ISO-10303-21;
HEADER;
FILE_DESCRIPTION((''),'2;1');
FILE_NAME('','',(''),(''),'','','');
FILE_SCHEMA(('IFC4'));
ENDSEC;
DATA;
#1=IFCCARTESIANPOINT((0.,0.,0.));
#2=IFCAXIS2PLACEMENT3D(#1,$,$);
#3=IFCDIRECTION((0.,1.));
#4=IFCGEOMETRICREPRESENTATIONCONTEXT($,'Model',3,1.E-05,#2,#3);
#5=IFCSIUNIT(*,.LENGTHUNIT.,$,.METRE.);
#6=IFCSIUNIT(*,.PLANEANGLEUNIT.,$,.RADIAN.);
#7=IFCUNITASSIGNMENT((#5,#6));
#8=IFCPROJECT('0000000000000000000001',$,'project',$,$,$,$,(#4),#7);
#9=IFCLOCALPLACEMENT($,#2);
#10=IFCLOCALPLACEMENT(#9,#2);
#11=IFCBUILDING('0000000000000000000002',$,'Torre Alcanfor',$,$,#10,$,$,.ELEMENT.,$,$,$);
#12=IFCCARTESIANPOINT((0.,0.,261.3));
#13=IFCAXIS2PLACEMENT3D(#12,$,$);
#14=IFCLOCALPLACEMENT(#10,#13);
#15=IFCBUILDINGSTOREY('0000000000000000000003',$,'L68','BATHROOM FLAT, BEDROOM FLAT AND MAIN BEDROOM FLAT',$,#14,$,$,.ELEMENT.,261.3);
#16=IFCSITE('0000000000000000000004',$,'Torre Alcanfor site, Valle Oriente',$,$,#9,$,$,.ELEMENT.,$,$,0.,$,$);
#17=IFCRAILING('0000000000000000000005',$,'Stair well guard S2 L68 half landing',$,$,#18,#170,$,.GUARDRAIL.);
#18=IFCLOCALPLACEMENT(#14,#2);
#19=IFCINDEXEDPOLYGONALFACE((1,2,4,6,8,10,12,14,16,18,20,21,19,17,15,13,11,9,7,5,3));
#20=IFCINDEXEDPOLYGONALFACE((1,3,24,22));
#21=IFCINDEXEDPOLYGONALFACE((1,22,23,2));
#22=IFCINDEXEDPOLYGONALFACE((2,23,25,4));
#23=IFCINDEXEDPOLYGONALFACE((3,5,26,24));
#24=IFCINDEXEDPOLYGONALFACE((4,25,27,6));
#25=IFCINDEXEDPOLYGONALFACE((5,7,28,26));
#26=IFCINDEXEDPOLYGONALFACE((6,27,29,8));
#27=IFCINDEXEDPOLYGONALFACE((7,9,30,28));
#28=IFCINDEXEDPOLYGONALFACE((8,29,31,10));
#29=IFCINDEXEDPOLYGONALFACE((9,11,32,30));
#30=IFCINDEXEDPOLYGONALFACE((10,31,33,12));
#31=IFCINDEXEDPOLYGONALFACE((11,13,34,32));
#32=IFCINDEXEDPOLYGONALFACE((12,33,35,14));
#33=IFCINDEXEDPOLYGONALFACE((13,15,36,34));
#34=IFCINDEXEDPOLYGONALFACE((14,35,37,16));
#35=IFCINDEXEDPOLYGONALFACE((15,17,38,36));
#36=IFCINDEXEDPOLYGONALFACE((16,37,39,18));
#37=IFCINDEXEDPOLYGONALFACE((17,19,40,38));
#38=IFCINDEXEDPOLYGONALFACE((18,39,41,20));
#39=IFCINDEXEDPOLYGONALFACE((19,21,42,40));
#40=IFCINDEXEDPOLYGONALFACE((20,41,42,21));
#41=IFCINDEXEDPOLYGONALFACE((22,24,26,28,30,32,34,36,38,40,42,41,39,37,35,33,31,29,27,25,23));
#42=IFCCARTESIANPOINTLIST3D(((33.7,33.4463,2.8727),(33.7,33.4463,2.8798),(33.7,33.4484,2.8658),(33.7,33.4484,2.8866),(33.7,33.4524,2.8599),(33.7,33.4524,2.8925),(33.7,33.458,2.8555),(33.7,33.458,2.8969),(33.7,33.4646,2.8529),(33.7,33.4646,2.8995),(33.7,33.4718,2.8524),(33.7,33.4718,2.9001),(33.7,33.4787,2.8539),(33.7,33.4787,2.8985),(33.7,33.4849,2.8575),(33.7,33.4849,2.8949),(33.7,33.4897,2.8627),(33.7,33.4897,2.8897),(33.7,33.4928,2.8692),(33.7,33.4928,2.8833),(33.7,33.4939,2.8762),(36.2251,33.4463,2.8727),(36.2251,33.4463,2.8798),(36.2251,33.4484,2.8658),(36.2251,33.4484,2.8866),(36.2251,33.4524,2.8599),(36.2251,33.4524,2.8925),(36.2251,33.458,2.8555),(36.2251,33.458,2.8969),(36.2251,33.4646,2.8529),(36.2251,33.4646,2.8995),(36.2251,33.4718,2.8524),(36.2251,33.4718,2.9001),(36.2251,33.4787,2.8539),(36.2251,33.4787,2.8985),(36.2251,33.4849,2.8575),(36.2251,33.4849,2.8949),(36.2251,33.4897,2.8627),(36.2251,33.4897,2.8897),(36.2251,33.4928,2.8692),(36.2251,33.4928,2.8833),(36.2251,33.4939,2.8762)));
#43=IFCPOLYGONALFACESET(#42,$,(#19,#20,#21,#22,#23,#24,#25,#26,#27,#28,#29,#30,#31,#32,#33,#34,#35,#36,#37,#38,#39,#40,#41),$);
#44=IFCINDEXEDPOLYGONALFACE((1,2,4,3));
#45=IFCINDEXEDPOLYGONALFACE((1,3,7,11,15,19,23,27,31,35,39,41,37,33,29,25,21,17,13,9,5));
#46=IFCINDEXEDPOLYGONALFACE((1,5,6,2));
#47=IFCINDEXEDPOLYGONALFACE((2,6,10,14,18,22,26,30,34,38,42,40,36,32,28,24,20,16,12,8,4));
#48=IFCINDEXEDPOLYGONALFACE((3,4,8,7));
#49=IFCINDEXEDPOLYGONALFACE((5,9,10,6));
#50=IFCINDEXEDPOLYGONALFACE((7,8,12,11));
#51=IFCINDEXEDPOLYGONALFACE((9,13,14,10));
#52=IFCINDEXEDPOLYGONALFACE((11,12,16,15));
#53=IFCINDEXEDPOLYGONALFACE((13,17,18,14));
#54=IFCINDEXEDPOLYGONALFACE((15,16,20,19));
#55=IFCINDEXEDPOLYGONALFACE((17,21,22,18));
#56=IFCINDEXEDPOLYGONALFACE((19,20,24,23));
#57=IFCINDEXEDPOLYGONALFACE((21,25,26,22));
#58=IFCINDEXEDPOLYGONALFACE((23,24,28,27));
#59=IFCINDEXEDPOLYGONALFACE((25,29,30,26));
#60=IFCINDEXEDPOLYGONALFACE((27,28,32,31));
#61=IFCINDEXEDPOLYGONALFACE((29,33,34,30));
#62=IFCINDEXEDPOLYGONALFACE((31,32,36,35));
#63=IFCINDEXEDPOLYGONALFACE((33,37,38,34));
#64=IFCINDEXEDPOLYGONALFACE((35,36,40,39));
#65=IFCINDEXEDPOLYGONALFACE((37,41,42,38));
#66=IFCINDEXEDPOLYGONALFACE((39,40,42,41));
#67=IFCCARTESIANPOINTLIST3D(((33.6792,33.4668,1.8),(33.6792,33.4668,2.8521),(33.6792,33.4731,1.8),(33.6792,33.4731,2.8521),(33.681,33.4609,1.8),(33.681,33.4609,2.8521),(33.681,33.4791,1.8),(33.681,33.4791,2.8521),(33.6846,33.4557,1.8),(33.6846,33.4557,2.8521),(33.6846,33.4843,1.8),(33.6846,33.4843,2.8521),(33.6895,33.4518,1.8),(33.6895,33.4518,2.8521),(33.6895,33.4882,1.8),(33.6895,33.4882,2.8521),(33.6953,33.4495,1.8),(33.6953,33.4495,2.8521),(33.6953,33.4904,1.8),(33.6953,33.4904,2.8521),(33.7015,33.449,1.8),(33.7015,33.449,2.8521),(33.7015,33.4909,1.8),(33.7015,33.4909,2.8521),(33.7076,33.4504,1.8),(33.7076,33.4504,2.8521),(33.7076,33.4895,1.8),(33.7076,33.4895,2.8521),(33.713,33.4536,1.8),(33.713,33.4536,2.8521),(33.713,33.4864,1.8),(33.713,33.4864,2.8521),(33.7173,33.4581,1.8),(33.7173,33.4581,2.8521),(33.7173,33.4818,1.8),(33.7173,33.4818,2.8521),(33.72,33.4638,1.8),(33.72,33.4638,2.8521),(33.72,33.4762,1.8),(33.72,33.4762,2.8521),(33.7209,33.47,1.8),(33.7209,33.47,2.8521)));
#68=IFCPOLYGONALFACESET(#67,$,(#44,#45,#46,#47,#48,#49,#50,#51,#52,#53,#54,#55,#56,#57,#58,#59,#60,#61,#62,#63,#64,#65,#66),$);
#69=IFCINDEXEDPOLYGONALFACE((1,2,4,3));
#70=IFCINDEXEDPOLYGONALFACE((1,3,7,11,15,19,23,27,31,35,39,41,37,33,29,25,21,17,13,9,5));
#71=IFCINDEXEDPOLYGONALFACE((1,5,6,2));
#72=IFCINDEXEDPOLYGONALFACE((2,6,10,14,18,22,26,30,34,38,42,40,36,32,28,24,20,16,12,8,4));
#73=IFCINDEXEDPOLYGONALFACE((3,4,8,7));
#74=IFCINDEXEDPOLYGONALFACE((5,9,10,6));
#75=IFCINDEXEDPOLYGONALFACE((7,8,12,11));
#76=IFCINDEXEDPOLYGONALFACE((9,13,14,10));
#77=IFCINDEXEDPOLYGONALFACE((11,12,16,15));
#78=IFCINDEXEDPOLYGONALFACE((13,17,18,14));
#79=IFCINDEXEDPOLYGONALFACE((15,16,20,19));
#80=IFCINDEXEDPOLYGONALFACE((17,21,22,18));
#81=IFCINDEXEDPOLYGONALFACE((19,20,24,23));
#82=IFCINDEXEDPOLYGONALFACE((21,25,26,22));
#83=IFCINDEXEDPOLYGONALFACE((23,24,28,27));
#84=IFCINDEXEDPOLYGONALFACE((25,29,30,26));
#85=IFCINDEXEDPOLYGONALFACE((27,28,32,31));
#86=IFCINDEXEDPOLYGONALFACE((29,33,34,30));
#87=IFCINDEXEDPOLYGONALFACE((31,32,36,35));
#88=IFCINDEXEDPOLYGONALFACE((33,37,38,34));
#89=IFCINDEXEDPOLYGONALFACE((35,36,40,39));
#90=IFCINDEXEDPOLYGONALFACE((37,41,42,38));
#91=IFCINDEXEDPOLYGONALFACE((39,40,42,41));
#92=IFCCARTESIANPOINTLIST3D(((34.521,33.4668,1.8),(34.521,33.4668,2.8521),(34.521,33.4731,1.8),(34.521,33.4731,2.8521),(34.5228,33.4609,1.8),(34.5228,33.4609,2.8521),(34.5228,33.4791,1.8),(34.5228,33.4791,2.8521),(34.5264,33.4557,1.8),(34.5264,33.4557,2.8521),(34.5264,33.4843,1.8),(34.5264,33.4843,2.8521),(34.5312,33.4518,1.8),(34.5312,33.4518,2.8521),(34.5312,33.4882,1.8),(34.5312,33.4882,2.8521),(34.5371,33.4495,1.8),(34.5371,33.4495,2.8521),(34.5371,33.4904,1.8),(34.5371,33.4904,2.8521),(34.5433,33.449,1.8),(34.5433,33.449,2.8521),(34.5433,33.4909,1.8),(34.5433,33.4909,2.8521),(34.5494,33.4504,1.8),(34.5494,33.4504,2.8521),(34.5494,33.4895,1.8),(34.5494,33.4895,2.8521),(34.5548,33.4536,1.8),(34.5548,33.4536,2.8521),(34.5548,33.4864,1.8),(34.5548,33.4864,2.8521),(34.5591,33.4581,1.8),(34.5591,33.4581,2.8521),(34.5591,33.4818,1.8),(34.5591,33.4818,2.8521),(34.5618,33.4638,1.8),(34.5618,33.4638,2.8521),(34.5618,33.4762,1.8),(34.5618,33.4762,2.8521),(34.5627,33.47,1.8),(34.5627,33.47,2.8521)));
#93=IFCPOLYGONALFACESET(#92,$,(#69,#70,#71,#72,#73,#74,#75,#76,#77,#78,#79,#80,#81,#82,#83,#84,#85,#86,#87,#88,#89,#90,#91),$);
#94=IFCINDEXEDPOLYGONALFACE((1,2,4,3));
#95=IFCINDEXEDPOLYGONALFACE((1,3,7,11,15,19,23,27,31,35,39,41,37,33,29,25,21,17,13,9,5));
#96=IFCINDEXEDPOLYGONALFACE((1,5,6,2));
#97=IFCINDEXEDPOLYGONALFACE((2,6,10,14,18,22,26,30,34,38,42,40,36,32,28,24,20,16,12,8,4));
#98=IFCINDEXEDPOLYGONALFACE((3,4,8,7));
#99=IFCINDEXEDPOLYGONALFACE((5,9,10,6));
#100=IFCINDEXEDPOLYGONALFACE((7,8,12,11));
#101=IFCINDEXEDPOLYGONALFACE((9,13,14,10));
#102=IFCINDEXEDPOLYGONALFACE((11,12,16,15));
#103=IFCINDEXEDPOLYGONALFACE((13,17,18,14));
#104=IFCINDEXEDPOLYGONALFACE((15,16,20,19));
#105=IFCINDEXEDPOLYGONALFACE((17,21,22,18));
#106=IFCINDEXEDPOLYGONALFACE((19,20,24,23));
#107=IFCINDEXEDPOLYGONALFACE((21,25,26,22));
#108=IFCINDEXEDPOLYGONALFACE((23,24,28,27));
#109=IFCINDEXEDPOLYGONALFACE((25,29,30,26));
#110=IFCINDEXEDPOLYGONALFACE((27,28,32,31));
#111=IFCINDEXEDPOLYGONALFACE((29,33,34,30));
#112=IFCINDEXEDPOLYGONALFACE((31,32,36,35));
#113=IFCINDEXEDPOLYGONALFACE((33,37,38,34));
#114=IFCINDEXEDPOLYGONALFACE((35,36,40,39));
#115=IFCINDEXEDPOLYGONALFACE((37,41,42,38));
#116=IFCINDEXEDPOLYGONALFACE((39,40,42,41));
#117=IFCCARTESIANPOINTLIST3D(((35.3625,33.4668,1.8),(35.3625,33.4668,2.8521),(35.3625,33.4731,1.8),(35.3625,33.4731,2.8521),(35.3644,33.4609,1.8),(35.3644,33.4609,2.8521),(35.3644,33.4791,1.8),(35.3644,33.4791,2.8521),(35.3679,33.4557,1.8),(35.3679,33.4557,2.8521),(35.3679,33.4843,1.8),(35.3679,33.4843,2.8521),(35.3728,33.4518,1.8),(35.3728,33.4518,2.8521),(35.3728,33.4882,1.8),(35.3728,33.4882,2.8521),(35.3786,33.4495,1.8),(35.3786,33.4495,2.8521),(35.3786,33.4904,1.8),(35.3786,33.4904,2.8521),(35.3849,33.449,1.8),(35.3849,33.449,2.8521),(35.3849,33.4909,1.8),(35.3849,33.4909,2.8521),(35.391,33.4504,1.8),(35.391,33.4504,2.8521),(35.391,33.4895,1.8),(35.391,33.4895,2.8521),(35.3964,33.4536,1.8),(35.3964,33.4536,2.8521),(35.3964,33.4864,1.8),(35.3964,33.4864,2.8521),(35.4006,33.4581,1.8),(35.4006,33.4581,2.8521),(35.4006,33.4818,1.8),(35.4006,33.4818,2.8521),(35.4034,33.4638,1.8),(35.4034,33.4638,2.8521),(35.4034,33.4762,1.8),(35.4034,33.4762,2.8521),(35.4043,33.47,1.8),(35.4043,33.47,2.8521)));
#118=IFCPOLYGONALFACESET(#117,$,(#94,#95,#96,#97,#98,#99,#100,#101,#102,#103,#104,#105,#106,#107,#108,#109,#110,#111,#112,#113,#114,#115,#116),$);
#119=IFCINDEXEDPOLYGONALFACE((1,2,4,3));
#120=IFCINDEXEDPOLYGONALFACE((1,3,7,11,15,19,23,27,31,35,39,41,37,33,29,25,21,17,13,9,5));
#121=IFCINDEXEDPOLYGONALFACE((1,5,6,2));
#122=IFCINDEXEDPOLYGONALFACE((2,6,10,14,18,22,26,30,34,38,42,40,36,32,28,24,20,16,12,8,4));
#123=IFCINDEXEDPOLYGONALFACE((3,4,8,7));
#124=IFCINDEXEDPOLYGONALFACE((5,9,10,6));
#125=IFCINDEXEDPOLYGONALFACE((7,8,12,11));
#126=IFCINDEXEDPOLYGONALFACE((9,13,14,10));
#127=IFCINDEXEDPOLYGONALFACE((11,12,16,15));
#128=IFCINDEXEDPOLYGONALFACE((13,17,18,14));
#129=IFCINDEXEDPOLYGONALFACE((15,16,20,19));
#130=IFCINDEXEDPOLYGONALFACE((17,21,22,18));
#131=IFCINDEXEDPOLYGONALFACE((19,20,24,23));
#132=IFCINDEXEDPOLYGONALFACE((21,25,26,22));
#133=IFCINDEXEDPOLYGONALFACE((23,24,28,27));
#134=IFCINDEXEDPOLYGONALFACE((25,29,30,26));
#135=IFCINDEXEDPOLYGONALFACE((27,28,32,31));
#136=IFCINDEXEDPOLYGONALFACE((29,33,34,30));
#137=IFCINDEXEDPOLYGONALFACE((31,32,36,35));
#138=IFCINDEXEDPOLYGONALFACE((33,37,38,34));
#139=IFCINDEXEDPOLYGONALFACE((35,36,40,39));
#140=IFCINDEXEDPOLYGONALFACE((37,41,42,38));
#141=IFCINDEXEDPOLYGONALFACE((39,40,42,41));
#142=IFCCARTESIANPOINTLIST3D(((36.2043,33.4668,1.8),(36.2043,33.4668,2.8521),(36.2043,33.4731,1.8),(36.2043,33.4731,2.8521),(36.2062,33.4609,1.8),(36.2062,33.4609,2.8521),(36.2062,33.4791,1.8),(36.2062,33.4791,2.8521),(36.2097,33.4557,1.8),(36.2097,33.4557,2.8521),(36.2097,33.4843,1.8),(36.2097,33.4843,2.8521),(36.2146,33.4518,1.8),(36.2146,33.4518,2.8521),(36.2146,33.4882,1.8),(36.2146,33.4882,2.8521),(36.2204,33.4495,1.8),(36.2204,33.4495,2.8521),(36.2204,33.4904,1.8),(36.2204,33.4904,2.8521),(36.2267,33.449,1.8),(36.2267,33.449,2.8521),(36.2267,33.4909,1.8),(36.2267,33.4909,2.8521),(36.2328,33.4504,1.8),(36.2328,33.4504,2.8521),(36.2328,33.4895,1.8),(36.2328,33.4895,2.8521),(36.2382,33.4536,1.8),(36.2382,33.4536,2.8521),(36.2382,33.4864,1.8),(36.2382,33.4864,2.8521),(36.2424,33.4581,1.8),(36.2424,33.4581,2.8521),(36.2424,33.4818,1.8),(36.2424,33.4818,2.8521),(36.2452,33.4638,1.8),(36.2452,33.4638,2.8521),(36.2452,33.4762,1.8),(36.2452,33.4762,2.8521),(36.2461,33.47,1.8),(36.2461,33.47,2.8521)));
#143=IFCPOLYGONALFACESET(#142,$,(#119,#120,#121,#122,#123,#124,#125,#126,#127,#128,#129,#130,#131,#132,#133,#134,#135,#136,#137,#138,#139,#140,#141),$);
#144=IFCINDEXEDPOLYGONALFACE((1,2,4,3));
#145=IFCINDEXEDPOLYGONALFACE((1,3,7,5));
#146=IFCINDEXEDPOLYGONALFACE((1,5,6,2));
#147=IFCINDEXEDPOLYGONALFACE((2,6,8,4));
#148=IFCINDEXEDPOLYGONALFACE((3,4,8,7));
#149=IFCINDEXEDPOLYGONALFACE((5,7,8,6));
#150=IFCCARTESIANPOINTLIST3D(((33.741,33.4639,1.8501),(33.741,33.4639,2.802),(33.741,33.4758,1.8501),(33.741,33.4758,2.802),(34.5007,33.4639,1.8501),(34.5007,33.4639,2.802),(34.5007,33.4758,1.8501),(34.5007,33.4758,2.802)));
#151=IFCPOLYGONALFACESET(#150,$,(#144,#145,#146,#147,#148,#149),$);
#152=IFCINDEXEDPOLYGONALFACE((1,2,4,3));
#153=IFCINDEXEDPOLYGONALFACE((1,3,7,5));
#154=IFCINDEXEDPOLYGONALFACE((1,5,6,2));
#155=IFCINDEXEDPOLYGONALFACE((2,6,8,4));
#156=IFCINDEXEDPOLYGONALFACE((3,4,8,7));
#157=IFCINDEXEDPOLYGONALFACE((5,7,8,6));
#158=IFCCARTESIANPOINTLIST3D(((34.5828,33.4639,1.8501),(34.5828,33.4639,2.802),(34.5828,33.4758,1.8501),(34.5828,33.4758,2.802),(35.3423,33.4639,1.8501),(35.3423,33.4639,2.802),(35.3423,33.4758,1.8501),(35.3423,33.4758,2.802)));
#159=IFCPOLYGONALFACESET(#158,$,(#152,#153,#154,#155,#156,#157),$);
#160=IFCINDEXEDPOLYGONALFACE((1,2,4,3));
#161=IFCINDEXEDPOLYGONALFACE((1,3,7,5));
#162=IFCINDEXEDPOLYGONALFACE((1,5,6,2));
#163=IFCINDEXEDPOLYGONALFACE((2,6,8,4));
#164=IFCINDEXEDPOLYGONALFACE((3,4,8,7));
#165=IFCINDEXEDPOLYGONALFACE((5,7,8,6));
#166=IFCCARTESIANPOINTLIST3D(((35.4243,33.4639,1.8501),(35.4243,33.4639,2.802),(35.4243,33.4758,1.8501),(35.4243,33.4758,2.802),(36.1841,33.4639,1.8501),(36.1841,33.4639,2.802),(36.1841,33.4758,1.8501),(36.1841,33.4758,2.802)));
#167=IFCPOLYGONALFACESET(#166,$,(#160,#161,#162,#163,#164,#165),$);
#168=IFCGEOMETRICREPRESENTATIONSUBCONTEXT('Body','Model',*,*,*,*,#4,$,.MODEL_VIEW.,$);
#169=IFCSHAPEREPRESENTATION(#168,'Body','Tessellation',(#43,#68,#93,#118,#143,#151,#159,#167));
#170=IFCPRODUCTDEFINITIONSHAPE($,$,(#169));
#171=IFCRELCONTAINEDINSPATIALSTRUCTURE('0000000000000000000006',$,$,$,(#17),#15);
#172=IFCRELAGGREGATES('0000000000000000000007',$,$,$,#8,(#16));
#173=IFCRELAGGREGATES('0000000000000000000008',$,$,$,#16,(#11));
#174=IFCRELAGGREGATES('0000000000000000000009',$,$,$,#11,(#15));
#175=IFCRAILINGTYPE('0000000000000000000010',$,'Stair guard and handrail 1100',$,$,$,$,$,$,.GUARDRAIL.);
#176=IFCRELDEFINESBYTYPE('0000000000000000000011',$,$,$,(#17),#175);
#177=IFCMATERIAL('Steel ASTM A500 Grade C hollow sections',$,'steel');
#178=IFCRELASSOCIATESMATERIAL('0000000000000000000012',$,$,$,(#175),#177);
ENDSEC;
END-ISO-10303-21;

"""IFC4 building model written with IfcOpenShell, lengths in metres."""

from ifc_helpers import new_model, si_unit, direction, frame, origin, origin_2d, place, context, subcontext, project, spatial, polyline, circle, outline, extrude, material, type_object, element, save


model = new_model("IFC4")

# Units and contexts
model_context = context("Model", 3, precision=1e-05, world=origin(), true_north=direction((0.0, 1.0)))
body_context = subcontext(model_context, "Body", "Model", "MODEL_VIEW")
ifc_project = project(units=[si_unit("LENGTHUNIT", "METRE"), si_unit("PLANEANGLEUNIT", "RADIAN")], contexts=[model_context])

# Site, building, storey
site_placement = place(None, origin())
site = spatial("IfcSite", under=ifc_project, at=site_placement, Name="Torre Alcanfor site, Valle Oriente", CompositionType="ELEMENT", RefElevation=0.0)
building_placement = place(site_placement, origin())
building = spatial("IfcBuilding", under=site, at=building_placement, Name="Torre Alcanfor", CompositionType="ELEMENT")
storey_placement = place(building_placement, frame((0.0, 0.0, 261.3)))
storey = spatial("IfcBuildingStorey", under=building, at=storey_placement, Name="L68", Description="BATHROOM FLAT, BEDROOM FLAT AND MAIN BEDROOM FLAT", CompositionType="ELEMENT", Elevation=261.3)

# Railing
ifc_material_1 = material(Name="Steel ASTM A500 Grade C hollow sections", Category="steel")
railing_type_1 = type_object("IfcRailingType", Name="Stair guard and handrail 1100", PredefinedType="GUARDRAIL", material=ifc_material_1)
for number, where, name in (
    (1, (33.7, 33.47, 1.8), "Stair well guard S2 L68 half landing"),
):
    element("IfcRailing", number, at=place(storey_placement, frame(where)), inside=storey, type_object=railing_type_1, Name=name, PredefinedType="GUARDRAIL", context=body_context, shape_type="SweptSolid", body=[
        extrude(circle(Radius=0.0239, at=origin_2d()), frame((0.0, 0.0, 1.0762), z_axis=(1.0, 0.0, 0.0), x_axis=(0.0, 1.0, 0.0)), (0.0, 0.0, 1.0), 2.5251),
        extrude(circle(Radius=0.021, at=origin_2d()), origin(), (0.0, 0.0, 1.0), 1.052),
        extrude(circle(Radius=0.021, at=origin_2d()), frame((0.8418, 0.0, 0.0)), (0.0, 0.0, 1.0), 1.052),
        extrude(circle(Radius=0.021, at=origin_2d()), frame((1.6833, 0.0, 0.0)), (0.0, 0.0, 1.0), 1.052),
        extrude(circle(Radius=0.021, at=origin_2d()), frame((2.5251, 0.0, 0.0)), (0.0, 0.0, 1.0), 1.052),
        extrude(outline(polyline([(0.041, 0.05), (0.8008, 0.05), (0.8008, 1.002), (0.041, 1.002), (0.041, 0.05)])), frame((0.0, 0.0059, 0.0), z_axis=(0.0, -1.0, 0.0), x_axis=(1.0, 0.0, 0.0)), (0.0, 0.0, 1.0), 0.012),
        extrude(outline(polyline([(0.8828, 0.05), (1.6423, 0.05), (1.6423, 1.002), (0.8828, 1.002), (0.8828, 0.05)])), frame((0.0, 0.0059, 0.0), z_axis=(0.0, -1.0, 0.0), x_axis=(1.0, 0.0, 0.0)), (0.0, 0.0, 1.0), 0.012),
        extrude(outline(polyline([(1.7244, 0.05), (2.4841, 0.05), (2.4841, 1.002), (1.7244, 1.002), (1.7244, 0.05)])), frame((0.0, 0.0059, 0.0), z_axis=(0.0, -1.0, 0.0), x_axis=(1.0, 0.0, 0.0)), (0.0, 0.0, 1.0), 0.012),
    ])

save(model, "model.ifc")
